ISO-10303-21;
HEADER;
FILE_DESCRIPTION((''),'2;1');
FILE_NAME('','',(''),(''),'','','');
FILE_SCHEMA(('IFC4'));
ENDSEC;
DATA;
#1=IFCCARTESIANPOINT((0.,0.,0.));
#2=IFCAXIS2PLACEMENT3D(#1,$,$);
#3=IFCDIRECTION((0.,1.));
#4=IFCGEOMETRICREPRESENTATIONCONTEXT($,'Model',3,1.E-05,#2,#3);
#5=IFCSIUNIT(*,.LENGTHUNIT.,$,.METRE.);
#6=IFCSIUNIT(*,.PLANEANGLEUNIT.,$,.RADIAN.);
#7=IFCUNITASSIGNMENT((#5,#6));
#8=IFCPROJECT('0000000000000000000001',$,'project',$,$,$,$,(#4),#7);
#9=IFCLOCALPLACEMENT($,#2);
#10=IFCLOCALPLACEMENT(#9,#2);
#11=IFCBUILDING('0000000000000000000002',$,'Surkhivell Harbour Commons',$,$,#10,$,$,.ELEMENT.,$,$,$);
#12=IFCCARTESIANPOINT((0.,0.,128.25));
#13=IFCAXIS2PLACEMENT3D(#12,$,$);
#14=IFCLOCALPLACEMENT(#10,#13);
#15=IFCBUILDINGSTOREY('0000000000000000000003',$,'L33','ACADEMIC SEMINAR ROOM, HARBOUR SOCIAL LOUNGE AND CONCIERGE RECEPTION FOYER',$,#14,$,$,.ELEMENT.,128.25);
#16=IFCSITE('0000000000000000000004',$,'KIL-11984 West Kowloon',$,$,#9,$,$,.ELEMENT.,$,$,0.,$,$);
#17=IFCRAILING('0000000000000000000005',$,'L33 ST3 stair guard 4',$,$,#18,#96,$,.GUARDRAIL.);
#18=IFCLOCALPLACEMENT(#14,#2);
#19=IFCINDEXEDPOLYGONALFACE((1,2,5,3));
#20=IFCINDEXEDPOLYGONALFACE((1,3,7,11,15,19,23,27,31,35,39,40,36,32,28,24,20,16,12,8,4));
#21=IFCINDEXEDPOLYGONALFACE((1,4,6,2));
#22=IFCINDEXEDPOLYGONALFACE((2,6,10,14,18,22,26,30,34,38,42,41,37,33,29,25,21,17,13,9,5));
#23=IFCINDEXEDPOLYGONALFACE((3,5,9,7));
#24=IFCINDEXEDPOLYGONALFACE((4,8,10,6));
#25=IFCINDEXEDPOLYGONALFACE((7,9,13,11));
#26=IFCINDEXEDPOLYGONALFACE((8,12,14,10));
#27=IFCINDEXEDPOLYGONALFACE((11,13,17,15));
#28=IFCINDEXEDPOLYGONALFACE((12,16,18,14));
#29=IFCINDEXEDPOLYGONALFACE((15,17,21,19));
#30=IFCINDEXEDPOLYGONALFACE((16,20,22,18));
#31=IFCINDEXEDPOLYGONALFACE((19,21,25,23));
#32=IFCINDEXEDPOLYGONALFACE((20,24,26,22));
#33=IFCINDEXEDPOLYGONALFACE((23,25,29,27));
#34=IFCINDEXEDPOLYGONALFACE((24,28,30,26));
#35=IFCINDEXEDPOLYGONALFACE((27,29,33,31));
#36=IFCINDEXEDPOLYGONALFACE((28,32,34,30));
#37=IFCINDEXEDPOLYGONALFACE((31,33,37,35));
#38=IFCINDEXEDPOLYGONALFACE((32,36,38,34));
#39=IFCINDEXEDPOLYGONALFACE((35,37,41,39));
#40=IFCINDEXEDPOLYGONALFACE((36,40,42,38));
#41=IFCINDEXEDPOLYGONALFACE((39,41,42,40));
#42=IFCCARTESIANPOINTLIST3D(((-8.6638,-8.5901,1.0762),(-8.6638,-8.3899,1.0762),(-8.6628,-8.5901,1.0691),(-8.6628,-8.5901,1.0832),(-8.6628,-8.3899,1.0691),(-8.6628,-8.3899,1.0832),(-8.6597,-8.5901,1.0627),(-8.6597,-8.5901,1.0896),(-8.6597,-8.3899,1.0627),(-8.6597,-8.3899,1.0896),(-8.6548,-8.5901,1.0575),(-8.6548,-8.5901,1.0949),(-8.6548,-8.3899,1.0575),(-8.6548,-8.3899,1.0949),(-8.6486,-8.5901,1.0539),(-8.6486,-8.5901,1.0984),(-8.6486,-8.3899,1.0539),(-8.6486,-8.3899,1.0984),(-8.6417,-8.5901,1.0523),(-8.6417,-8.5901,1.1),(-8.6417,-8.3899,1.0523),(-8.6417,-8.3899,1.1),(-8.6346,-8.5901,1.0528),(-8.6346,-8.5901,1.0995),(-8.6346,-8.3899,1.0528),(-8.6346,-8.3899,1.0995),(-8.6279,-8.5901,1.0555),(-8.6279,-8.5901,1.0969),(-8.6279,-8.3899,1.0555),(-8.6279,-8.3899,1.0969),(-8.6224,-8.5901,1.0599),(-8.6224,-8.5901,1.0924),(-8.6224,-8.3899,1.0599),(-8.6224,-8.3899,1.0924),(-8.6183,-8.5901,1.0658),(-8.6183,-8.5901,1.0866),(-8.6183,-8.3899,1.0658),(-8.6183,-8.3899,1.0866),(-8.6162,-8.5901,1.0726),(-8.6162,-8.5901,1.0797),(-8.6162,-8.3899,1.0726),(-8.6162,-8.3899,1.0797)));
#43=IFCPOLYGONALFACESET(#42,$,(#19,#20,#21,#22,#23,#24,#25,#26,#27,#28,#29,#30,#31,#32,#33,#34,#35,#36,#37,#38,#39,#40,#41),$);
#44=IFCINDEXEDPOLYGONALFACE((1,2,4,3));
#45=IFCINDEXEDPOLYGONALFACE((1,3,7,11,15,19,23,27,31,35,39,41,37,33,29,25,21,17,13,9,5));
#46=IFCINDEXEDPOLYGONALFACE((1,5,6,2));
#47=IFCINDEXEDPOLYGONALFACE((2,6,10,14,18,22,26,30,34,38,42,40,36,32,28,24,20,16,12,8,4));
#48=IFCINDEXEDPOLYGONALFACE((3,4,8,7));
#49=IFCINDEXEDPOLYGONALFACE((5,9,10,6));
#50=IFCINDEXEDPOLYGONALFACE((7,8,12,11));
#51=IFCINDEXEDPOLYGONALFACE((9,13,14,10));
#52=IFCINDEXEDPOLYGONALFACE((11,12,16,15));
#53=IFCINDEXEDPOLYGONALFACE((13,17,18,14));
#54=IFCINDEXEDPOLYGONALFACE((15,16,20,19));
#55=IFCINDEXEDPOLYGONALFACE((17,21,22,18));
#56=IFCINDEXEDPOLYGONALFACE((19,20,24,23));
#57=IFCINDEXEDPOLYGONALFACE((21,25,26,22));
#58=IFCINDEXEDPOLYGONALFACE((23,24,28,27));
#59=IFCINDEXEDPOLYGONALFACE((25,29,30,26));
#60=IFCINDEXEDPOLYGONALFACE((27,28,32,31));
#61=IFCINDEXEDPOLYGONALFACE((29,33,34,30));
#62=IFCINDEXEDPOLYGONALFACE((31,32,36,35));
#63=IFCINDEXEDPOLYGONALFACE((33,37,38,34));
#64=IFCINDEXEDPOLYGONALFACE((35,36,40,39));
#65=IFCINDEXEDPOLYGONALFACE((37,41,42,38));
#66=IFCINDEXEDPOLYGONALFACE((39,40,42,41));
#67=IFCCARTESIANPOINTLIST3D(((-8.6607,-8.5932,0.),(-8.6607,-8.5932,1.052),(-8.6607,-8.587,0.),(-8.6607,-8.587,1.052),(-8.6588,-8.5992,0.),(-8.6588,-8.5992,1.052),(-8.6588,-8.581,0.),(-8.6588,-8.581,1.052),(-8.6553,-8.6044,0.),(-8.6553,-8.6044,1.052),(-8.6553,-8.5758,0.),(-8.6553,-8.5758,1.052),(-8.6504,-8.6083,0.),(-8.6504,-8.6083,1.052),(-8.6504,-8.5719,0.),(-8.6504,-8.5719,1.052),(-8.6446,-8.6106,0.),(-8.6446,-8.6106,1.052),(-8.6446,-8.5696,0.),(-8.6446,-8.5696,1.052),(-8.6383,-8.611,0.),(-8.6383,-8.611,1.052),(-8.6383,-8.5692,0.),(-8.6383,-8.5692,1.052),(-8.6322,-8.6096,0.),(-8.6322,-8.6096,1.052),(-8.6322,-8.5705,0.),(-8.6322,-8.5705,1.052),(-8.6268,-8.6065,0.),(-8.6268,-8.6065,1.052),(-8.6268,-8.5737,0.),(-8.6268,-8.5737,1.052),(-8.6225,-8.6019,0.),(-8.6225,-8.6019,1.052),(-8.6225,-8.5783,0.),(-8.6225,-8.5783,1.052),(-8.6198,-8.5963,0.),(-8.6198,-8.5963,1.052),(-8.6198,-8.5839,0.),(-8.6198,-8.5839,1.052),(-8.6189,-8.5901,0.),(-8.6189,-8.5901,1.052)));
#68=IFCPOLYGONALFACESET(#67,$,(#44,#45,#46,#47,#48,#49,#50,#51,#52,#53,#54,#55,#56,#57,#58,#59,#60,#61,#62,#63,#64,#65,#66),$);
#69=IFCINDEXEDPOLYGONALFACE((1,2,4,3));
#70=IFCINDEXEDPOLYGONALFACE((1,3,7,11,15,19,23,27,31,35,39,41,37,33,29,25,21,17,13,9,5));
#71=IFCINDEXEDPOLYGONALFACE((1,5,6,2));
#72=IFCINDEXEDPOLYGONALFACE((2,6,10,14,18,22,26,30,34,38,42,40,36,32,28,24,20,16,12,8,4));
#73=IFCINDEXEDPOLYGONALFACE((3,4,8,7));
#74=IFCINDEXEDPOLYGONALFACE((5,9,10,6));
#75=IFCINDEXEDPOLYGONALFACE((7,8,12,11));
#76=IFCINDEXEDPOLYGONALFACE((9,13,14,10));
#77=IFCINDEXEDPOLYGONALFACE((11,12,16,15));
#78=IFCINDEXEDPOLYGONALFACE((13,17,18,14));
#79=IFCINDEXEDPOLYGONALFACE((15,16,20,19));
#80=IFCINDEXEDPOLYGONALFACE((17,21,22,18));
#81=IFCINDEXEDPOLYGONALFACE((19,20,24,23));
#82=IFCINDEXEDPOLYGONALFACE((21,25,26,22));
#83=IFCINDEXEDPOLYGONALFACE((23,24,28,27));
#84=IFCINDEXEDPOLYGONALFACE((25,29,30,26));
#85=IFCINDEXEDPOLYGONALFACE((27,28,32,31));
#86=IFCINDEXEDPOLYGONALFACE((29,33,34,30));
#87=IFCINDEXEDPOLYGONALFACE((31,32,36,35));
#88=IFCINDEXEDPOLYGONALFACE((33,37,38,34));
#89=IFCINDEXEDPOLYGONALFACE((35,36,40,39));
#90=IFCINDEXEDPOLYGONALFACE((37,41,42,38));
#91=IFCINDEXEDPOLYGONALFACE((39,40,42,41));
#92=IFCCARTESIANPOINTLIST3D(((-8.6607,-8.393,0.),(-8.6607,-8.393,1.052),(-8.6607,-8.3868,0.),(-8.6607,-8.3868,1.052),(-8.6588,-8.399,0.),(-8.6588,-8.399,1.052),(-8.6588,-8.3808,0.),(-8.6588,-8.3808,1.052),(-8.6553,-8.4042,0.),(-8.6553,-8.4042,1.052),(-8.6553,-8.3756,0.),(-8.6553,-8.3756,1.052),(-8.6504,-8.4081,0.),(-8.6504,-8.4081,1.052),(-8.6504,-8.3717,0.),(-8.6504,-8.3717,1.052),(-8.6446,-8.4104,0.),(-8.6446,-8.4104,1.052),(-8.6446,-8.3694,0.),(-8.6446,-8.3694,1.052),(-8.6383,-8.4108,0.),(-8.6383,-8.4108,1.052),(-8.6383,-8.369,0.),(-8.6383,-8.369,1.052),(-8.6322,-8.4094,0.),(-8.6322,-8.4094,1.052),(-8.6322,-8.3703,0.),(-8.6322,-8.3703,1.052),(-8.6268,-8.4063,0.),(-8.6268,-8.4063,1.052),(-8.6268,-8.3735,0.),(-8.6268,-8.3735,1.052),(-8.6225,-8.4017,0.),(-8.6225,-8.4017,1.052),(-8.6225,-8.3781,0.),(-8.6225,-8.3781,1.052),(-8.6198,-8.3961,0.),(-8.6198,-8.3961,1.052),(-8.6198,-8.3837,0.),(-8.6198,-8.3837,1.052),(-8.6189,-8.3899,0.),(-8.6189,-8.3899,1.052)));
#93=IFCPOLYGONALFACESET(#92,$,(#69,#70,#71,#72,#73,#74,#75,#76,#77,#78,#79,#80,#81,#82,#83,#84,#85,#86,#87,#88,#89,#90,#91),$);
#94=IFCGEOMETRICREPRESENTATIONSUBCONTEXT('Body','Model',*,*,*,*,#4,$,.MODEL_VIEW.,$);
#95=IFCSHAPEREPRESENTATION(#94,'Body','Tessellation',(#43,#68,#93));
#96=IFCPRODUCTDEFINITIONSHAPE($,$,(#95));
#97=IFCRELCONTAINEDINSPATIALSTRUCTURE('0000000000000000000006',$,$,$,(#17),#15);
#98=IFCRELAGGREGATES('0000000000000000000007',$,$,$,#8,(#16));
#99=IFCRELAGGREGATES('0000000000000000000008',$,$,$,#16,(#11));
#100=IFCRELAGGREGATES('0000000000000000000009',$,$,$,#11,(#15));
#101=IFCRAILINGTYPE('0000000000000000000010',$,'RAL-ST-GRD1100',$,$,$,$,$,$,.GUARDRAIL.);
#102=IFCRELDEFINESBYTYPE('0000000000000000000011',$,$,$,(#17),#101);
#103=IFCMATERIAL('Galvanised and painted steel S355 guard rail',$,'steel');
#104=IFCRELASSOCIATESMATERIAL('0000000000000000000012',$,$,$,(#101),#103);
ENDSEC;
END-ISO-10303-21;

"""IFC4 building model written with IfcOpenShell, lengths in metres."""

from ifc_helpers import new_model, si_unit, direction, frame, origin, origin_2d, place, context, subcontext, project, spatial, circle, extrude, material, type_object, element, save


model = new_model("IFC4")

# Units and contexts
model_context = context("Model", 3, precision=1e-05, world=origin(), true_north=direction((0.0, 1.0)))
body_context = subcontext(model_context, "Body", "Model", "MODEL_VIEW")
ifc_project = project(units=[si_unit("LENGTHUNIT", "METRE"), si_unit("PLANEANGLEUNIT", "RADIAN")], contexts=[model_context])

# Site, building, storey
site_placement = place(None, origin())
site = spatial("IfcSite", under=ifc_project, at=site_placement, Name="KIL-11984 West Kowloon", CompositionType="ELEMENT", RefElevation=0.0)
building_placement = place(site_placement, origin())
building = spatial("IfcBuilding", under=site, at=building_placement, Name="Surkhivell Harbour Commons", CompositionType="ELEMENT")
storey_placement = place(building_placement, frame((0.0, 0.0, 128.25)))
storey = spatial("IfcBuildingStorey", under=building, at=storey_placement, Name="L33", Description="ACADEMIC SEMINAR ROOM, HARBOUR SOCIAL LOUNGE AND CONCIERGE RECEPTION FOYER", CompositionType="ELEMENT", Elevation=128.25)

# Railing
ifc_material_1 = material(Name="Galvanised and painted steel S355 guard rail", Category="steel")
railing_type_1 = type_object("IfcRailingType", Name="RAL-ST-GRD1100", PredefinedType="GUARDRAIL", material=ifc_material_1)
railing_1_placement = place(storey_placement, frame((-8.6399, -8.5901, 0.0)))
element("IfcRailing", 1, at=railing_1_placement, inside=storey, type_object=railing_type_1, Name="L33 ST3 stair guard 4", PredefinedType="GUARDRAIL", context=body_context, shape_type="SweptSolid", body=[
    extrude(circle(Radius=0.0239, at=origin_2d()), frame((0.0, 0.0, 1.0762), z_axis=(0.0, 1.0, 0.0), x_axis=(-1.0, 0.0, 0.0)), (0.0, 0.0, 1.0), 0.2002),
    extrude(circle(Radius=0.021, at=origin_2d()), origin(), (0.0, 0.0, 1.0), 1.052),
    extrude(circle(Radius=0.021, at=origin_2d()), frame((0.0, 0.2002, 0.0)), (0.0, 0.0, 1.0), 1.052),
])

save(model, "model.ifc")
